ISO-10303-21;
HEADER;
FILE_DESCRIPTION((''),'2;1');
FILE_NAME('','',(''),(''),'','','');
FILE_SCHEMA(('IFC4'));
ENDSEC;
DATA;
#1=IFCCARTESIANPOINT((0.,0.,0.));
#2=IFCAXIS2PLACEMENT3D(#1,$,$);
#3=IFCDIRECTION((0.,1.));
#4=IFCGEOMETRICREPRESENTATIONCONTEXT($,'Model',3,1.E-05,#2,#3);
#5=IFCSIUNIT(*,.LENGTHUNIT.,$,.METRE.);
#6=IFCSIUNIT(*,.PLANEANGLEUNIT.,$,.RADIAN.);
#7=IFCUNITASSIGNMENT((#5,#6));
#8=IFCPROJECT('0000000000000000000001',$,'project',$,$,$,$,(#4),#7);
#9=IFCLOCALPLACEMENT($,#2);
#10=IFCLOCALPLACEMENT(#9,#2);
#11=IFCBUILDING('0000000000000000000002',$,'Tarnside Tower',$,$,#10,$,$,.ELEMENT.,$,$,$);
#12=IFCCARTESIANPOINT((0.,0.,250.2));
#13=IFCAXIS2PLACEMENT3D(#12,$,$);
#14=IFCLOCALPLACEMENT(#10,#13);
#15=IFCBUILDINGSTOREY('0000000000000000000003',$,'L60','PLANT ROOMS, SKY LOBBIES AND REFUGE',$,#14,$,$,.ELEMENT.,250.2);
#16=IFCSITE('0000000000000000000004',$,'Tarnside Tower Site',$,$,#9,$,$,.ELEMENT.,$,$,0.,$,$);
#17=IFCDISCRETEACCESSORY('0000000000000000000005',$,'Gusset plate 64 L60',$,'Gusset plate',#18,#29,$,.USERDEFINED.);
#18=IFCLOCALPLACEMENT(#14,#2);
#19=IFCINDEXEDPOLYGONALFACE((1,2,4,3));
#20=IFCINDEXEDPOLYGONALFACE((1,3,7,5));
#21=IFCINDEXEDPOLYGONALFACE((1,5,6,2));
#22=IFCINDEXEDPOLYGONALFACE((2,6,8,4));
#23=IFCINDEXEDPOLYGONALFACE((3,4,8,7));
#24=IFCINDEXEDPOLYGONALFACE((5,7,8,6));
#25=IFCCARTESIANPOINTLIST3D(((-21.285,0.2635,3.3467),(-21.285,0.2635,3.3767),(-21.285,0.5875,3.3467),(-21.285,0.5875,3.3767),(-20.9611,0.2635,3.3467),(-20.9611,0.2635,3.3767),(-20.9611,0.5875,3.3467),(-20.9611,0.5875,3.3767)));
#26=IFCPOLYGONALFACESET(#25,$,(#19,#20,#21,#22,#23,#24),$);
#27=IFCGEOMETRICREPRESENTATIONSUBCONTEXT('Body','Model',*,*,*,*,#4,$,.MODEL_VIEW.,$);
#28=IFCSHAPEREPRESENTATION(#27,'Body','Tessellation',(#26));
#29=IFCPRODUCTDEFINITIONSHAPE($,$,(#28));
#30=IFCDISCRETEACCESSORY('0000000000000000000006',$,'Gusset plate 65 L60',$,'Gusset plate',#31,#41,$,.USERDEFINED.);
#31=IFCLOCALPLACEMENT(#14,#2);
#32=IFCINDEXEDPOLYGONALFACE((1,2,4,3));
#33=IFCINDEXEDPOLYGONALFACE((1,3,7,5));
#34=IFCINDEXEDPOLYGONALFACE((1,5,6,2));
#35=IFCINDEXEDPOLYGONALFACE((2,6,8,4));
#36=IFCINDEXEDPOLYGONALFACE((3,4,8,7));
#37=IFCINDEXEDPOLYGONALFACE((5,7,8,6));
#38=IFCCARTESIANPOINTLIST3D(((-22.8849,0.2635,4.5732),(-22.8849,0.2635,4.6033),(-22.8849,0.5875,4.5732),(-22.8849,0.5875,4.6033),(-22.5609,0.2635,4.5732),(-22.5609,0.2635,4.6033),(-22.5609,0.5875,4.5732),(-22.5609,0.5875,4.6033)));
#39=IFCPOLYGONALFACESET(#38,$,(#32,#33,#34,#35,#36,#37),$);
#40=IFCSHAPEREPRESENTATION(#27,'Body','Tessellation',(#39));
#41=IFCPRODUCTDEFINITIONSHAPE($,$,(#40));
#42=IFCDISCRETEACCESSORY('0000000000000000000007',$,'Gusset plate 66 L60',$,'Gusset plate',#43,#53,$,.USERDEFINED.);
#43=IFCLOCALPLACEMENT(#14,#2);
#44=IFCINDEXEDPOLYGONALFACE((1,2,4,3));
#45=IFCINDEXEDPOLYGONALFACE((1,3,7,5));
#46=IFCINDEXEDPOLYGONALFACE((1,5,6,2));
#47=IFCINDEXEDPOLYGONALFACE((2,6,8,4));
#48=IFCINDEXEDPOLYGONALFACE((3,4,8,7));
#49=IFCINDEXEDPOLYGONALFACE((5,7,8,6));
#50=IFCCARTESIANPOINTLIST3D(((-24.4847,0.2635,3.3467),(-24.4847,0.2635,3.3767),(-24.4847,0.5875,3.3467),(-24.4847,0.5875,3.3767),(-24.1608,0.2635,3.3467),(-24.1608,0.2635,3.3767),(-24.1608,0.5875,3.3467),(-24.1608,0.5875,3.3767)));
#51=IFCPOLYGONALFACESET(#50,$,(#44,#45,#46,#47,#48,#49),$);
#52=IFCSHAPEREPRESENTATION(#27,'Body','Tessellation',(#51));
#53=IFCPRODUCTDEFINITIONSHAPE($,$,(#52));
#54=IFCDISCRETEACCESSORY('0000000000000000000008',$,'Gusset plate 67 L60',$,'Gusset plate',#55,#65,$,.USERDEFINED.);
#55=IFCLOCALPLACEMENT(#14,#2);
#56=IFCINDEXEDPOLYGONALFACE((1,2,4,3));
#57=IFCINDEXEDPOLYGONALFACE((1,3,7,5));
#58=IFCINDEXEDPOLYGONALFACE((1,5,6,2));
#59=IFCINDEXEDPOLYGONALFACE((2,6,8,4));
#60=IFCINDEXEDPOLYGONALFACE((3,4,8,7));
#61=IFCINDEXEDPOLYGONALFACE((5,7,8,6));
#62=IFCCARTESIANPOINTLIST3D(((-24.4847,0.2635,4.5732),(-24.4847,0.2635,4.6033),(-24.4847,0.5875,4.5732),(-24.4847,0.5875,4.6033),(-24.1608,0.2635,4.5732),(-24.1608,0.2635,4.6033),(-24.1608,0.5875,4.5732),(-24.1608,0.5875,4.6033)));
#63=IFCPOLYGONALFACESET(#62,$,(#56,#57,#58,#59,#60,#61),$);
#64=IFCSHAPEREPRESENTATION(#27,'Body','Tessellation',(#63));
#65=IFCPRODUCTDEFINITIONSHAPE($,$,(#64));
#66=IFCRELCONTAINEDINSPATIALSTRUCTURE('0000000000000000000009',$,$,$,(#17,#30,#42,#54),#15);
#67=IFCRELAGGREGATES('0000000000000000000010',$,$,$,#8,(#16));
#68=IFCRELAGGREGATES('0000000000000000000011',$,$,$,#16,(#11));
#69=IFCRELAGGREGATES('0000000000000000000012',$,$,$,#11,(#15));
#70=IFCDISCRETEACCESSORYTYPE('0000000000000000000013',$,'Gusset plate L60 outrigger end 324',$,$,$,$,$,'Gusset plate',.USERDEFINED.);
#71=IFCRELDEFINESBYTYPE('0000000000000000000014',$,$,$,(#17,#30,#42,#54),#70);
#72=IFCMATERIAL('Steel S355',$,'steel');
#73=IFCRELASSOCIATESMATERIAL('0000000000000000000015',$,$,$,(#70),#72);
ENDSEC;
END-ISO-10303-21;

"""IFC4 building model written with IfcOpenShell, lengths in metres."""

from ifc_helpers import new_model, si_unit, direction, frame, origin, origin_2d, place, context, subcontext, project, spatial, rectangle, extrude, material, type_object, element, save


model = new_model("IFC4")

# Units and contexts
model_context = context("Model", 3, precision=1e-05, world=origin(), true_north=direction((0.0, 1.0)))
body_context = subcontext(model_context, "Body", "Model", "MODEL_VIEW")
ifc_project = project(units=[si_unit("LENGTHUNIT", "METRE"), si_unit("PLANEANGLEUNIT", "RADIAN")], contexts=[model_context])

# Site, building, storey
site_placement = place(None, origin())
site = spatial("IfcSite", under=ifc_project, at=site_placement, Name="Tarnside Tower Site", CompositionType="ELEMENT", RefElevation=0.0)
building_placement = place(site_placement, origin())
building = spatial("IfcBuilding", under=site, at=building_placement, Name="Tarnside Tower", CompositionType="ELEMENT")
storey_placement = place(building_placement, frame((0.0, 0.0, 250.2)))
storey = spatial("IfcBuildingStorey", under=building, at=storey_placement, Name="L60", Description="PLANT ROOMS, SKY LOBBIES AND REFUGE", CompositionType="ELEMENT", Elevation=250.2)

# Shared definitions
ifc_material_1 = material(Name="Steel S355", Category="steel")

# Discrete accessories
discrete_accessory_type_1 = type_object("IfcDiscreteAccessoryType", Name="Gusset plate L60 outrigger end 324", ElementType="Gusset plate", PredefinedType="USERDEFINED", material=ifc_material_1)
for number, where, z_axis, x_axis, name in (
    (1, (-21.123, 0.4255, 3.3467), (0.0, 0.0, 1.0), (1.0, 0.0, 0.0), "Gusset plate 64 L60"),
    (2, (-22.7229, 0.4255, 4.5732), (0.0, 0.0, 1.0), (1.0, 0.0, 0.0), "Gusset plate 65 L60"),
    (3, (-24.3228, 0.4255, 3.3467), (0.0, 0.0, 1.0), (1.0, 0.0, 0.0), "Gusset plate 66 L60"),
    (4, (-24.3228, 0.4255, 4.5732), (0.0, 0.0, 1.0), (1.0, 0.0, 0.0), "Gusset plate 67 L60"),
):
    element("IfcDiscreteAccessory", number, at=place(storey_placement, frame(where, z_axis=z_axis, x_axis=x_axis)), inside=storey, type_object=discrete_accessory_type_1, Name=name, ObjectType="Gusset plate", PredefinedType="USERDEFINED", context=body_context, shape_type="SweptSolid", body=[
        extrude(rectangle(XDim=0.324, YDim=0.324, at=origin_2d()), origin(), (0.0, 0.0, 1.0), 0.03),
    ])

save(model, "model.ifc")
